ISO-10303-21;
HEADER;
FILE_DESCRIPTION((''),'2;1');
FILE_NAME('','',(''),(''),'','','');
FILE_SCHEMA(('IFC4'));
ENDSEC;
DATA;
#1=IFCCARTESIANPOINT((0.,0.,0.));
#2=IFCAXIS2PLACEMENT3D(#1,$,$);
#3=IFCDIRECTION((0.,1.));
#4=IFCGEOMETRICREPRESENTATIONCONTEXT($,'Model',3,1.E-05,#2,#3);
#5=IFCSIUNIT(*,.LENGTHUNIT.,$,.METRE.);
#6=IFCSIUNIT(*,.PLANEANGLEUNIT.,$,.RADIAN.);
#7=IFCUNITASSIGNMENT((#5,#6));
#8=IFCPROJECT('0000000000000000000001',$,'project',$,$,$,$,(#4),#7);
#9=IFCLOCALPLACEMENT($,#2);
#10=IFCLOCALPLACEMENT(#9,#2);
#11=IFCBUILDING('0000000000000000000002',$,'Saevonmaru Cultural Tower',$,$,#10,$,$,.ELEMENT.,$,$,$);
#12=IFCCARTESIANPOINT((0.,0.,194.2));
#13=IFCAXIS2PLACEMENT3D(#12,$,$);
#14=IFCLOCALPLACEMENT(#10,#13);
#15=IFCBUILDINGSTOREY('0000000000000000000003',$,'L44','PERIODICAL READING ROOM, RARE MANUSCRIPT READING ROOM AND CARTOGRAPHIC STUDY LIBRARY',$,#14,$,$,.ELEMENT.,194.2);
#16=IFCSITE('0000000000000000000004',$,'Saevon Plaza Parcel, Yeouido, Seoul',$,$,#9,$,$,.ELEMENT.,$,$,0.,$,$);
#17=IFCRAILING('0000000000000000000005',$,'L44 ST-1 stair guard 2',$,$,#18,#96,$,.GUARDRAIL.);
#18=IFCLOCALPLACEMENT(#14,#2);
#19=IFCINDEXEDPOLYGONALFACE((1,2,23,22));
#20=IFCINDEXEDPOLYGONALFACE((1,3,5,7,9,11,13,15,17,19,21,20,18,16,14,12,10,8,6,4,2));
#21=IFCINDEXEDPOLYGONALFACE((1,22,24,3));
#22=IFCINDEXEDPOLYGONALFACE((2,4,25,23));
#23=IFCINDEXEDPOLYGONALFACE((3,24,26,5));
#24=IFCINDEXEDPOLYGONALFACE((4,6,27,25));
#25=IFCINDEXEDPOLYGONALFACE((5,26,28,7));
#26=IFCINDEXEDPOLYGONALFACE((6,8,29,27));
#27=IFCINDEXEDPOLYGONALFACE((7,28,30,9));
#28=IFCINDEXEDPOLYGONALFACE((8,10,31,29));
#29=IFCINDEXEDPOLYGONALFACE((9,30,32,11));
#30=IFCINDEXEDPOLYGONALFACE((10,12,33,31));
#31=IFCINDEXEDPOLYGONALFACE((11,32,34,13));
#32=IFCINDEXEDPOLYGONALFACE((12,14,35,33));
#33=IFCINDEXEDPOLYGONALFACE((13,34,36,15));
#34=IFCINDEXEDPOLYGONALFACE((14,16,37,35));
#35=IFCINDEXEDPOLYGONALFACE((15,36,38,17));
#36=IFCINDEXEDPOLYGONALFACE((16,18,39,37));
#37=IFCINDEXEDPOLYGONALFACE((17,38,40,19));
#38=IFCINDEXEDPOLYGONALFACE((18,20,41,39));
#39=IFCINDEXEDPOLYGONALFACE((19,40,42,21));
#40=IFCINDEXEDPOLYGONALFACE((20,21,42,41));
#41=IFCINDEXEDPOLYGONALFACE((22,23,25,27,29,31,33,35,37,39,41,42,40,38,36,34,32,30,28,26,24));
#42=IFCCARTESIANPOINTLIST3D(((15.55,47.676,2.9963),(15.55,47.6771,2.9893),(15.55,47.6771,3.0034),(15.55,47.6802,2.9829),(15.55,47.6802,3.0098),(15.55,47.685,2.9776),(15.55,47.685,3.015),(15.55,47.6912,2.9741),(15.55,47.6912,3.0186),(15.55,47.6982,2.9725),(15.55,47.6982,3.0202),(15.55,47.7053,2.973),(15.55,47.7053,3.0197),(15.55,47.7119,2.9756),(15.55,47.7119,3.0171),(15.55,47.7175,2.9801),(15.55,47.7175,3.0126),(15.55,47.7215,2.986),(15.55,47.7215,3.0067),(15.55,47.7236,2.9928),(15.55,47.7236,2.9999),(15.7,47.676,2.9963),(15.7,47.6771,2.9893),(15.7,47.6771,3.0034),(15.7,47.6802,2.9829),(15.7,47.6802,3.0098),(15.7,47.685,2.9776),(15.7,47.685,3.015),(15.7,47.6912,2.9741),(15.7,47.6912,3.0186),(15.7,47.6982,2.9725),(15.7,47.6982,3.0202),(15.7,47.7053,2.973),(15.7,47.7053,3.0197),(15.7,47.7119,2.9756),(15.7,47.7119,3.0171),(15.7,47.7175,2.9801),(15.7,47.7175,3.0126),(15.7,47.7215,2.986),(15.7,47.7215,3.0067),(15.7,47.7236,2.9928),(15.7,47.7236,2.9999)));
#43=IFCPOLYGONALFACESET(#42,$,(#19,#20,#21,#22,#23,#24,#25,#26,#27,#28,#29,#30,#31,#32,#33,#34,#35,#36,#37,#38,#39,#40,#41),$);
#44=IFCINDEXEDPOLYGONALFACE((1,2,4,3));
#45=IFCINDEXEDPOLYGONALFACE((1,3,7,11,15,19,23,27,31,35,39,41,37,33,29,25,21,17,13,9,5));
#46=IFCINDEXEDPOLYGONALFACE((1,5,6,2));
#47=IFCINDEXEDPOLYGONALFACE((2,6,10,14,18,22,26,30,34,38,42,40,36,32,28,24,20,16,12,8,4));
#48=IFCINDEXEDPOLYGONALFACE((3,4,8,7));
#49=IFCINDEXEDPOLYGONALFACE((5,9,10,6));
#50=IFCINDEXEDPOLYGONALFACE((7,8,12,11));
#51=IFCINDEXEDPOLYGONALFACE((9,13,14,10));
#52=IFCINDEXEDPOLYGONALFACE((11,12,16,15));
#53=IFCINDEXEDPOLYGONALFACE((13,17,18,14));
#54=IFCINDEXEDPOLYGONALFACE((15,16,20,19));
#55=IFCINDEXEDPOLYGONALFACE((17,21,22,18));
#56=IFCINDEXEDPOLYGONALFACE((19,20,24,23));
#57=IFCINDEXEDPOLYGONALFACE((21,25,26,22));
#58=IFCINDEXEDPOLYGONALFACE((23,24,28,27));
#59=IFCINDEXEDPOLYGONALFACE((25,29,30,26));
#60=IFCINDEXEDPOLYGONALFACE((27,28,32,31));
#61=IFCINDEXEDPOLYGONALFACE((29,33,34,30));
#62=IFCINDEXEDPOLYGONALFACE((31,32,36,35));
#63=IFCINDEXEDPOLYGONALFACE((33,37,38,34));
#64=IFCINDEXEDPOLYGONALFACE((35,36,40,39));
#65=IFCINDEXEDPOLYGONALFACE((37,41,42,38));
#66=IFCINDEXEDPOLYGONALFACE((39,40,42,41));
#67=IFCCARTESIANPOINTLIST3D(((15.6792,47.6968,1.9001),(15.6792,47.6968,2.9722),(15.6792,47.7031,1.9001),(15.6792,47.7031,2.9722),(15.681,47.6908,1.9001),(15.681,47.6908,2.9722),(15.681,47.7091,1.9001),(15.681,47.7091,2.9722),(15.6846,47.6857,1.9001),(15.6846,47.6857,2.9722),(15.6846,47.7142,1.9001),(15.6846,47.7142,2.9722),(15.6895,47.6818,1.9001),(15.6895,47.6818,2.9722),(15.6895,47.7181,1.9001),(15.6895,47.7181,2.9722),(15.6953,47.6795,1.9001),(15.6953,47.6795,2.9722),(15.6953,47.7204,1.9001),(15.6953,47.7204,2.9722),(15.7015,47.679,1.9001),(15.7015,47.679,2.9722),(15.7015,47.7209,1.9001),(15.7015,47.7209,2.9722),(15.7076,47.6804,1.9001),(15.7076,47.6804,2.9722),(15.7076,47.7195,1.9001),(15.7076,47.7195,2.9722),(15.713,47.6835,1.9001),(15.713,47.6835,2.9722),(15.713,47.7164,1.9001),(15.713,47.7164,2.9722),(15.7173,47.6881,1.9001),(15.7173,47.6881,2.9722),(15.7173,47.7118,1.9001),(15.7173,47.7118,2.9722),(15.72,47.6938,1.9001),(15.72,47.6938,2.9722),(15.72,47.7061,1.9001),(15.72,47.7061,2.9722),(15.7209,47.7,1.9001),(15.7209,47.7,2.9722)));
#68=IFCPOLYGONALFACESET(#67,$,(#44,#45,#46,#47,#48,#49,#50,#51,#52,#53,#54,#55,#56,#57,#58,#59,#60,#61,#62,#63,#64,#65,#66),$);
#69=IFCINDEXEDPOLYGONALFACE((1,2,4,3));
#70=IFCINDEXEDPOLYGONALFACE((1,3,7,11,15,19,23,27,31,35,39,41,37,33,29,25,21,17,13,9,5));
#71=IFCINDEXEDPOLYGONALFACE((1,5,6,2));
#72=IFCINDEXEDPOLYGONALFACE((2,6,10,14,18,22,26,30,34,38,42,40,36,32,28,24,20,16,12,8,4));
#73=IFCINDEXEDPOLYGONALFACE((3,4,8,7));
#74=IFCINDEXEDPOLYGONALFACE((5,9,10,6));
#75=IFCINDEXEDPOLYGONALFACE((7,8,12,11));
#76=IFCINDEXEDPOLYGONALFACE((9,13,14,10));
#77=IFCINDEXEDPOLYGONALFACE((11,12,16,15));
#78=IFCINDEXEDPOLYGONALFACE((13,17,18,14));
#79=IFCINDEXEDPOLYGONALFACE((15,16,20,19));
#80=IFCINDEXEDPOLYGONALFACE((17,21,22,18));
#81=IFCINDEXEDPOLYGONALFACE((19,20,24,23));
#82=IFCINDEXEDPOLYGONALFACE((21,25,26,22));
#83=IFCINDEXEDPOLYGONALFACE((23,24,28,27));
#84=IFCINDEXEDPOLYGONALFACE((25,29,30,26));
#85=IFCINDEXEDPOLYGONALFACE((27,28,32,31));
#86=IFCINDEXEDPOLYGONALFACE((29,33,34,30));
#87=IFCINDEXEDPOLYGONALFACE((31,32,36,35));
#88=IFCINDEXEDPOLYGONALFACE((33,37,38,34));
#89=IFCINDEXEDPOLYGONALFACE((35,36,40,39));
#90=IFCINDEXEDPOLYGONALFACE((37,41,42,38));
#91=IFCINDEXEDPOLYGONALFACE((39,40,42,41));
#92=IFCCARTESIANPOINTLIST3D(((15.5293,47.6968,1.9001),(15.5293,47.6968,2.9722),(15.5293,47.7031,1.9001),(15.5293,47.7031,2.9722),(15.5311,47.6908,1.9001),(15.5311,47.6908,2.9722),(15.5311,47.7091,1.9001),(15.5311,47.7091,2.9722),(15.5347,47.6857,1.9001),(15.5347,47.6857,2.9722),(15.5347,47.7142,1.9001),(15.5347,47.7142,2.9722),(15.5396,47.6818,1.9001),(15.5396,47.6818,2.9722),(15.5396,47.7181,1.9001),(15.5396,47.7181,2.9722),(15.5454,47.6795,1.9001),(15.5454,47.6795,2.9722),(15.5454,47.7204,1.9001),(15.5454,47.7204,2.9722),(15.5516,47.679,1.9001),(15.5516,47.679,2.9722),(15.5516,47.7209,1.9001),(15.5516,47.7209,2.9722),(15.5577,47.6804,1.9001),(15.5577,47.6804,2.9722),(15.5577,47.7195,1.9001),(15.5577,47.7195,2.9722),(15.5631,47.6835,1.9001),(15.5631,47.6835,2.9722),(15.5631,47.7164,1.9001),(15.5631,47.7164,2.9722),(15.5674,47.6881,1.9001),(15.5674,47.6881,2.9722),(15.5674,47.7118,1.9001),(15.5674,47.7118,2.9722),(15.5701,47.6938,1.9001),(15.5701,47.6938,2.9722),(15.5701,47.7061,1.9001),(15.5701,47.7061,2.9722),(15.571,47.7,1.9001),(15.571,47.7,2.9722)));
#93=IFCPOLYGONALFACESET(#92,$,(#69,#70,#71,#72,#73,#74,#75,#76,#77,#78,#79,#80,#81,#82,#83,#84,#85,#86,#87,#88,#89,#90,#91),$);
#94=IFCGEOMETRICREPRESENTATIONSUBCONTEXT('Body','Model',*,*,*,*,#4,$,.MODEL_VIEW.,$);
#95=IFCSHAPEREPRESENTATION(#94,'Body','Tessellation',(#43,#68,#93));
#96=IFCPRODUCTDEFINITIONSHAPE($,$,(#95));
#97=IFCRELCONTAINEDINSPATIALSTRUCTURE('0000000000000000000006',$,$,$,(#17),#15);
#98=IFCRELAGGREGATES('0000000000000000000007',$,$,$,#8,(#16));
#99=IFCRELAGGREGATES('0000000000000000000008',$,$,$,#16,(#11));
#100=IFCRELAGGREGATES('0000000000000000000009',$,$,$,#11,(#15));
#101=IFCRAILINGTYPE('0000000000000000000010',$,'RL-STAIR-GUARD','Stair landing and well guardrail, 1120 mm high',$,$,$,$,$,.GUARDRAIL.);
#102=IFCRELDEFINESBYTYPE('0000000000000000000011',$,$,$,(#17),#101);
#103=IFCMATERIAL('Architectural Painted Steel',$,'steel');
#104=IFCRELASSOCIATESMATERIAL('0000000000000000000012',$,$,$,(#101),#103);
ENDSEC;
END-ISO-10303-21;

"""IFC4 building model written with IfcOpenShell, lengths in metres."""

from ifc_helpers import new_model, si_unit, direction, frame, origin, origin_2d, place, context, subcontext, project, spatial, circle, extrude, material, type_object, element, save


model = new_model("IFC4")

# Units and contexts
model_context = context("Model", 3, precision=1e-05, world=origin(), true_north=direction((0.0, 1.0)))
body_context = subcontext(model_context, "Body", "Model", "MODEL_VIEW")
ifc_project = project(units=[si_unit("LENGTHUNIT", "METRE"), si_unit("PLANEANGLEUNIT", "RADIAN")], contexts=[model_context])

# Site, building, storey
site_placement = place(None, origin())
site = spatial("IfcSite", under=ifc_project, at=site_placement, Name="Saevon Plaza Parcel, Yeouido, Seoul", CompositionType="ELEMENT", RefElevation=0.0)
building_placement = place(site_placement, origin())
building = spatial("IfcBuilding", under=site, at=building_placement, Name="Saevonmaru Cultural Tower", CompositionType="ELEMENT")
storey_placement = place(building_placement, frame((0.0, 0.0, 194.2)))
storey = spatial("IfcBuildingStorey", under=building, at=storey_placement, Name="L44", Description="PERIODICAL READING ROOM, RARE MANUSCRIPT READING ROOM AND CARTOGRAPHIC STUDY LIBRARY", CompositionType="ELEMENT", Elevation=194.2)

# Railing
ifc_material_1 = material(Name="Architectural Painted Steel", Category="steel")
railing_type_1 = type_object("IfcRailingType", Name="RL-STAIR-GUARD", Description="Stair landing and well guardrail, 1120 mm high", PredefinedType="GUARDRAIL", material=ifc_material_1)
railing_1_placement = place(storey_placement, frame((15.7, 47.7, 1.9001)))
element("IfcRailing", 1, at=railing_1_placement, inside=storey, type_object=railing_type_1, Name="L44 ST-1 stair guard 2", PredefinedType="GUARDRAIL", context=body_context, shape_type="SweptSolid", body=[
    extrude(circle(Radius=0.0239, at=origin_2d()), frame((0.0, 0.0, 1.0962), z_axis=(-1.0, 0.0, 0.0), x_axis=(0.0, -1.0, 0.0)), (0.0, 0.0, 1.0), 0.1499),
    extrude(circle(Radius=0.021, at=origin_2d()), origin(), (0.0, 0.0, 1.0), 1.072),
    extrude(circle(Radius=0.021, at=origin_2d()), frame((-0.1499, 0.0, 0.0)), (0.0, 0.0, 1.0), 1.072),
])

save(model, "model.ifc")
